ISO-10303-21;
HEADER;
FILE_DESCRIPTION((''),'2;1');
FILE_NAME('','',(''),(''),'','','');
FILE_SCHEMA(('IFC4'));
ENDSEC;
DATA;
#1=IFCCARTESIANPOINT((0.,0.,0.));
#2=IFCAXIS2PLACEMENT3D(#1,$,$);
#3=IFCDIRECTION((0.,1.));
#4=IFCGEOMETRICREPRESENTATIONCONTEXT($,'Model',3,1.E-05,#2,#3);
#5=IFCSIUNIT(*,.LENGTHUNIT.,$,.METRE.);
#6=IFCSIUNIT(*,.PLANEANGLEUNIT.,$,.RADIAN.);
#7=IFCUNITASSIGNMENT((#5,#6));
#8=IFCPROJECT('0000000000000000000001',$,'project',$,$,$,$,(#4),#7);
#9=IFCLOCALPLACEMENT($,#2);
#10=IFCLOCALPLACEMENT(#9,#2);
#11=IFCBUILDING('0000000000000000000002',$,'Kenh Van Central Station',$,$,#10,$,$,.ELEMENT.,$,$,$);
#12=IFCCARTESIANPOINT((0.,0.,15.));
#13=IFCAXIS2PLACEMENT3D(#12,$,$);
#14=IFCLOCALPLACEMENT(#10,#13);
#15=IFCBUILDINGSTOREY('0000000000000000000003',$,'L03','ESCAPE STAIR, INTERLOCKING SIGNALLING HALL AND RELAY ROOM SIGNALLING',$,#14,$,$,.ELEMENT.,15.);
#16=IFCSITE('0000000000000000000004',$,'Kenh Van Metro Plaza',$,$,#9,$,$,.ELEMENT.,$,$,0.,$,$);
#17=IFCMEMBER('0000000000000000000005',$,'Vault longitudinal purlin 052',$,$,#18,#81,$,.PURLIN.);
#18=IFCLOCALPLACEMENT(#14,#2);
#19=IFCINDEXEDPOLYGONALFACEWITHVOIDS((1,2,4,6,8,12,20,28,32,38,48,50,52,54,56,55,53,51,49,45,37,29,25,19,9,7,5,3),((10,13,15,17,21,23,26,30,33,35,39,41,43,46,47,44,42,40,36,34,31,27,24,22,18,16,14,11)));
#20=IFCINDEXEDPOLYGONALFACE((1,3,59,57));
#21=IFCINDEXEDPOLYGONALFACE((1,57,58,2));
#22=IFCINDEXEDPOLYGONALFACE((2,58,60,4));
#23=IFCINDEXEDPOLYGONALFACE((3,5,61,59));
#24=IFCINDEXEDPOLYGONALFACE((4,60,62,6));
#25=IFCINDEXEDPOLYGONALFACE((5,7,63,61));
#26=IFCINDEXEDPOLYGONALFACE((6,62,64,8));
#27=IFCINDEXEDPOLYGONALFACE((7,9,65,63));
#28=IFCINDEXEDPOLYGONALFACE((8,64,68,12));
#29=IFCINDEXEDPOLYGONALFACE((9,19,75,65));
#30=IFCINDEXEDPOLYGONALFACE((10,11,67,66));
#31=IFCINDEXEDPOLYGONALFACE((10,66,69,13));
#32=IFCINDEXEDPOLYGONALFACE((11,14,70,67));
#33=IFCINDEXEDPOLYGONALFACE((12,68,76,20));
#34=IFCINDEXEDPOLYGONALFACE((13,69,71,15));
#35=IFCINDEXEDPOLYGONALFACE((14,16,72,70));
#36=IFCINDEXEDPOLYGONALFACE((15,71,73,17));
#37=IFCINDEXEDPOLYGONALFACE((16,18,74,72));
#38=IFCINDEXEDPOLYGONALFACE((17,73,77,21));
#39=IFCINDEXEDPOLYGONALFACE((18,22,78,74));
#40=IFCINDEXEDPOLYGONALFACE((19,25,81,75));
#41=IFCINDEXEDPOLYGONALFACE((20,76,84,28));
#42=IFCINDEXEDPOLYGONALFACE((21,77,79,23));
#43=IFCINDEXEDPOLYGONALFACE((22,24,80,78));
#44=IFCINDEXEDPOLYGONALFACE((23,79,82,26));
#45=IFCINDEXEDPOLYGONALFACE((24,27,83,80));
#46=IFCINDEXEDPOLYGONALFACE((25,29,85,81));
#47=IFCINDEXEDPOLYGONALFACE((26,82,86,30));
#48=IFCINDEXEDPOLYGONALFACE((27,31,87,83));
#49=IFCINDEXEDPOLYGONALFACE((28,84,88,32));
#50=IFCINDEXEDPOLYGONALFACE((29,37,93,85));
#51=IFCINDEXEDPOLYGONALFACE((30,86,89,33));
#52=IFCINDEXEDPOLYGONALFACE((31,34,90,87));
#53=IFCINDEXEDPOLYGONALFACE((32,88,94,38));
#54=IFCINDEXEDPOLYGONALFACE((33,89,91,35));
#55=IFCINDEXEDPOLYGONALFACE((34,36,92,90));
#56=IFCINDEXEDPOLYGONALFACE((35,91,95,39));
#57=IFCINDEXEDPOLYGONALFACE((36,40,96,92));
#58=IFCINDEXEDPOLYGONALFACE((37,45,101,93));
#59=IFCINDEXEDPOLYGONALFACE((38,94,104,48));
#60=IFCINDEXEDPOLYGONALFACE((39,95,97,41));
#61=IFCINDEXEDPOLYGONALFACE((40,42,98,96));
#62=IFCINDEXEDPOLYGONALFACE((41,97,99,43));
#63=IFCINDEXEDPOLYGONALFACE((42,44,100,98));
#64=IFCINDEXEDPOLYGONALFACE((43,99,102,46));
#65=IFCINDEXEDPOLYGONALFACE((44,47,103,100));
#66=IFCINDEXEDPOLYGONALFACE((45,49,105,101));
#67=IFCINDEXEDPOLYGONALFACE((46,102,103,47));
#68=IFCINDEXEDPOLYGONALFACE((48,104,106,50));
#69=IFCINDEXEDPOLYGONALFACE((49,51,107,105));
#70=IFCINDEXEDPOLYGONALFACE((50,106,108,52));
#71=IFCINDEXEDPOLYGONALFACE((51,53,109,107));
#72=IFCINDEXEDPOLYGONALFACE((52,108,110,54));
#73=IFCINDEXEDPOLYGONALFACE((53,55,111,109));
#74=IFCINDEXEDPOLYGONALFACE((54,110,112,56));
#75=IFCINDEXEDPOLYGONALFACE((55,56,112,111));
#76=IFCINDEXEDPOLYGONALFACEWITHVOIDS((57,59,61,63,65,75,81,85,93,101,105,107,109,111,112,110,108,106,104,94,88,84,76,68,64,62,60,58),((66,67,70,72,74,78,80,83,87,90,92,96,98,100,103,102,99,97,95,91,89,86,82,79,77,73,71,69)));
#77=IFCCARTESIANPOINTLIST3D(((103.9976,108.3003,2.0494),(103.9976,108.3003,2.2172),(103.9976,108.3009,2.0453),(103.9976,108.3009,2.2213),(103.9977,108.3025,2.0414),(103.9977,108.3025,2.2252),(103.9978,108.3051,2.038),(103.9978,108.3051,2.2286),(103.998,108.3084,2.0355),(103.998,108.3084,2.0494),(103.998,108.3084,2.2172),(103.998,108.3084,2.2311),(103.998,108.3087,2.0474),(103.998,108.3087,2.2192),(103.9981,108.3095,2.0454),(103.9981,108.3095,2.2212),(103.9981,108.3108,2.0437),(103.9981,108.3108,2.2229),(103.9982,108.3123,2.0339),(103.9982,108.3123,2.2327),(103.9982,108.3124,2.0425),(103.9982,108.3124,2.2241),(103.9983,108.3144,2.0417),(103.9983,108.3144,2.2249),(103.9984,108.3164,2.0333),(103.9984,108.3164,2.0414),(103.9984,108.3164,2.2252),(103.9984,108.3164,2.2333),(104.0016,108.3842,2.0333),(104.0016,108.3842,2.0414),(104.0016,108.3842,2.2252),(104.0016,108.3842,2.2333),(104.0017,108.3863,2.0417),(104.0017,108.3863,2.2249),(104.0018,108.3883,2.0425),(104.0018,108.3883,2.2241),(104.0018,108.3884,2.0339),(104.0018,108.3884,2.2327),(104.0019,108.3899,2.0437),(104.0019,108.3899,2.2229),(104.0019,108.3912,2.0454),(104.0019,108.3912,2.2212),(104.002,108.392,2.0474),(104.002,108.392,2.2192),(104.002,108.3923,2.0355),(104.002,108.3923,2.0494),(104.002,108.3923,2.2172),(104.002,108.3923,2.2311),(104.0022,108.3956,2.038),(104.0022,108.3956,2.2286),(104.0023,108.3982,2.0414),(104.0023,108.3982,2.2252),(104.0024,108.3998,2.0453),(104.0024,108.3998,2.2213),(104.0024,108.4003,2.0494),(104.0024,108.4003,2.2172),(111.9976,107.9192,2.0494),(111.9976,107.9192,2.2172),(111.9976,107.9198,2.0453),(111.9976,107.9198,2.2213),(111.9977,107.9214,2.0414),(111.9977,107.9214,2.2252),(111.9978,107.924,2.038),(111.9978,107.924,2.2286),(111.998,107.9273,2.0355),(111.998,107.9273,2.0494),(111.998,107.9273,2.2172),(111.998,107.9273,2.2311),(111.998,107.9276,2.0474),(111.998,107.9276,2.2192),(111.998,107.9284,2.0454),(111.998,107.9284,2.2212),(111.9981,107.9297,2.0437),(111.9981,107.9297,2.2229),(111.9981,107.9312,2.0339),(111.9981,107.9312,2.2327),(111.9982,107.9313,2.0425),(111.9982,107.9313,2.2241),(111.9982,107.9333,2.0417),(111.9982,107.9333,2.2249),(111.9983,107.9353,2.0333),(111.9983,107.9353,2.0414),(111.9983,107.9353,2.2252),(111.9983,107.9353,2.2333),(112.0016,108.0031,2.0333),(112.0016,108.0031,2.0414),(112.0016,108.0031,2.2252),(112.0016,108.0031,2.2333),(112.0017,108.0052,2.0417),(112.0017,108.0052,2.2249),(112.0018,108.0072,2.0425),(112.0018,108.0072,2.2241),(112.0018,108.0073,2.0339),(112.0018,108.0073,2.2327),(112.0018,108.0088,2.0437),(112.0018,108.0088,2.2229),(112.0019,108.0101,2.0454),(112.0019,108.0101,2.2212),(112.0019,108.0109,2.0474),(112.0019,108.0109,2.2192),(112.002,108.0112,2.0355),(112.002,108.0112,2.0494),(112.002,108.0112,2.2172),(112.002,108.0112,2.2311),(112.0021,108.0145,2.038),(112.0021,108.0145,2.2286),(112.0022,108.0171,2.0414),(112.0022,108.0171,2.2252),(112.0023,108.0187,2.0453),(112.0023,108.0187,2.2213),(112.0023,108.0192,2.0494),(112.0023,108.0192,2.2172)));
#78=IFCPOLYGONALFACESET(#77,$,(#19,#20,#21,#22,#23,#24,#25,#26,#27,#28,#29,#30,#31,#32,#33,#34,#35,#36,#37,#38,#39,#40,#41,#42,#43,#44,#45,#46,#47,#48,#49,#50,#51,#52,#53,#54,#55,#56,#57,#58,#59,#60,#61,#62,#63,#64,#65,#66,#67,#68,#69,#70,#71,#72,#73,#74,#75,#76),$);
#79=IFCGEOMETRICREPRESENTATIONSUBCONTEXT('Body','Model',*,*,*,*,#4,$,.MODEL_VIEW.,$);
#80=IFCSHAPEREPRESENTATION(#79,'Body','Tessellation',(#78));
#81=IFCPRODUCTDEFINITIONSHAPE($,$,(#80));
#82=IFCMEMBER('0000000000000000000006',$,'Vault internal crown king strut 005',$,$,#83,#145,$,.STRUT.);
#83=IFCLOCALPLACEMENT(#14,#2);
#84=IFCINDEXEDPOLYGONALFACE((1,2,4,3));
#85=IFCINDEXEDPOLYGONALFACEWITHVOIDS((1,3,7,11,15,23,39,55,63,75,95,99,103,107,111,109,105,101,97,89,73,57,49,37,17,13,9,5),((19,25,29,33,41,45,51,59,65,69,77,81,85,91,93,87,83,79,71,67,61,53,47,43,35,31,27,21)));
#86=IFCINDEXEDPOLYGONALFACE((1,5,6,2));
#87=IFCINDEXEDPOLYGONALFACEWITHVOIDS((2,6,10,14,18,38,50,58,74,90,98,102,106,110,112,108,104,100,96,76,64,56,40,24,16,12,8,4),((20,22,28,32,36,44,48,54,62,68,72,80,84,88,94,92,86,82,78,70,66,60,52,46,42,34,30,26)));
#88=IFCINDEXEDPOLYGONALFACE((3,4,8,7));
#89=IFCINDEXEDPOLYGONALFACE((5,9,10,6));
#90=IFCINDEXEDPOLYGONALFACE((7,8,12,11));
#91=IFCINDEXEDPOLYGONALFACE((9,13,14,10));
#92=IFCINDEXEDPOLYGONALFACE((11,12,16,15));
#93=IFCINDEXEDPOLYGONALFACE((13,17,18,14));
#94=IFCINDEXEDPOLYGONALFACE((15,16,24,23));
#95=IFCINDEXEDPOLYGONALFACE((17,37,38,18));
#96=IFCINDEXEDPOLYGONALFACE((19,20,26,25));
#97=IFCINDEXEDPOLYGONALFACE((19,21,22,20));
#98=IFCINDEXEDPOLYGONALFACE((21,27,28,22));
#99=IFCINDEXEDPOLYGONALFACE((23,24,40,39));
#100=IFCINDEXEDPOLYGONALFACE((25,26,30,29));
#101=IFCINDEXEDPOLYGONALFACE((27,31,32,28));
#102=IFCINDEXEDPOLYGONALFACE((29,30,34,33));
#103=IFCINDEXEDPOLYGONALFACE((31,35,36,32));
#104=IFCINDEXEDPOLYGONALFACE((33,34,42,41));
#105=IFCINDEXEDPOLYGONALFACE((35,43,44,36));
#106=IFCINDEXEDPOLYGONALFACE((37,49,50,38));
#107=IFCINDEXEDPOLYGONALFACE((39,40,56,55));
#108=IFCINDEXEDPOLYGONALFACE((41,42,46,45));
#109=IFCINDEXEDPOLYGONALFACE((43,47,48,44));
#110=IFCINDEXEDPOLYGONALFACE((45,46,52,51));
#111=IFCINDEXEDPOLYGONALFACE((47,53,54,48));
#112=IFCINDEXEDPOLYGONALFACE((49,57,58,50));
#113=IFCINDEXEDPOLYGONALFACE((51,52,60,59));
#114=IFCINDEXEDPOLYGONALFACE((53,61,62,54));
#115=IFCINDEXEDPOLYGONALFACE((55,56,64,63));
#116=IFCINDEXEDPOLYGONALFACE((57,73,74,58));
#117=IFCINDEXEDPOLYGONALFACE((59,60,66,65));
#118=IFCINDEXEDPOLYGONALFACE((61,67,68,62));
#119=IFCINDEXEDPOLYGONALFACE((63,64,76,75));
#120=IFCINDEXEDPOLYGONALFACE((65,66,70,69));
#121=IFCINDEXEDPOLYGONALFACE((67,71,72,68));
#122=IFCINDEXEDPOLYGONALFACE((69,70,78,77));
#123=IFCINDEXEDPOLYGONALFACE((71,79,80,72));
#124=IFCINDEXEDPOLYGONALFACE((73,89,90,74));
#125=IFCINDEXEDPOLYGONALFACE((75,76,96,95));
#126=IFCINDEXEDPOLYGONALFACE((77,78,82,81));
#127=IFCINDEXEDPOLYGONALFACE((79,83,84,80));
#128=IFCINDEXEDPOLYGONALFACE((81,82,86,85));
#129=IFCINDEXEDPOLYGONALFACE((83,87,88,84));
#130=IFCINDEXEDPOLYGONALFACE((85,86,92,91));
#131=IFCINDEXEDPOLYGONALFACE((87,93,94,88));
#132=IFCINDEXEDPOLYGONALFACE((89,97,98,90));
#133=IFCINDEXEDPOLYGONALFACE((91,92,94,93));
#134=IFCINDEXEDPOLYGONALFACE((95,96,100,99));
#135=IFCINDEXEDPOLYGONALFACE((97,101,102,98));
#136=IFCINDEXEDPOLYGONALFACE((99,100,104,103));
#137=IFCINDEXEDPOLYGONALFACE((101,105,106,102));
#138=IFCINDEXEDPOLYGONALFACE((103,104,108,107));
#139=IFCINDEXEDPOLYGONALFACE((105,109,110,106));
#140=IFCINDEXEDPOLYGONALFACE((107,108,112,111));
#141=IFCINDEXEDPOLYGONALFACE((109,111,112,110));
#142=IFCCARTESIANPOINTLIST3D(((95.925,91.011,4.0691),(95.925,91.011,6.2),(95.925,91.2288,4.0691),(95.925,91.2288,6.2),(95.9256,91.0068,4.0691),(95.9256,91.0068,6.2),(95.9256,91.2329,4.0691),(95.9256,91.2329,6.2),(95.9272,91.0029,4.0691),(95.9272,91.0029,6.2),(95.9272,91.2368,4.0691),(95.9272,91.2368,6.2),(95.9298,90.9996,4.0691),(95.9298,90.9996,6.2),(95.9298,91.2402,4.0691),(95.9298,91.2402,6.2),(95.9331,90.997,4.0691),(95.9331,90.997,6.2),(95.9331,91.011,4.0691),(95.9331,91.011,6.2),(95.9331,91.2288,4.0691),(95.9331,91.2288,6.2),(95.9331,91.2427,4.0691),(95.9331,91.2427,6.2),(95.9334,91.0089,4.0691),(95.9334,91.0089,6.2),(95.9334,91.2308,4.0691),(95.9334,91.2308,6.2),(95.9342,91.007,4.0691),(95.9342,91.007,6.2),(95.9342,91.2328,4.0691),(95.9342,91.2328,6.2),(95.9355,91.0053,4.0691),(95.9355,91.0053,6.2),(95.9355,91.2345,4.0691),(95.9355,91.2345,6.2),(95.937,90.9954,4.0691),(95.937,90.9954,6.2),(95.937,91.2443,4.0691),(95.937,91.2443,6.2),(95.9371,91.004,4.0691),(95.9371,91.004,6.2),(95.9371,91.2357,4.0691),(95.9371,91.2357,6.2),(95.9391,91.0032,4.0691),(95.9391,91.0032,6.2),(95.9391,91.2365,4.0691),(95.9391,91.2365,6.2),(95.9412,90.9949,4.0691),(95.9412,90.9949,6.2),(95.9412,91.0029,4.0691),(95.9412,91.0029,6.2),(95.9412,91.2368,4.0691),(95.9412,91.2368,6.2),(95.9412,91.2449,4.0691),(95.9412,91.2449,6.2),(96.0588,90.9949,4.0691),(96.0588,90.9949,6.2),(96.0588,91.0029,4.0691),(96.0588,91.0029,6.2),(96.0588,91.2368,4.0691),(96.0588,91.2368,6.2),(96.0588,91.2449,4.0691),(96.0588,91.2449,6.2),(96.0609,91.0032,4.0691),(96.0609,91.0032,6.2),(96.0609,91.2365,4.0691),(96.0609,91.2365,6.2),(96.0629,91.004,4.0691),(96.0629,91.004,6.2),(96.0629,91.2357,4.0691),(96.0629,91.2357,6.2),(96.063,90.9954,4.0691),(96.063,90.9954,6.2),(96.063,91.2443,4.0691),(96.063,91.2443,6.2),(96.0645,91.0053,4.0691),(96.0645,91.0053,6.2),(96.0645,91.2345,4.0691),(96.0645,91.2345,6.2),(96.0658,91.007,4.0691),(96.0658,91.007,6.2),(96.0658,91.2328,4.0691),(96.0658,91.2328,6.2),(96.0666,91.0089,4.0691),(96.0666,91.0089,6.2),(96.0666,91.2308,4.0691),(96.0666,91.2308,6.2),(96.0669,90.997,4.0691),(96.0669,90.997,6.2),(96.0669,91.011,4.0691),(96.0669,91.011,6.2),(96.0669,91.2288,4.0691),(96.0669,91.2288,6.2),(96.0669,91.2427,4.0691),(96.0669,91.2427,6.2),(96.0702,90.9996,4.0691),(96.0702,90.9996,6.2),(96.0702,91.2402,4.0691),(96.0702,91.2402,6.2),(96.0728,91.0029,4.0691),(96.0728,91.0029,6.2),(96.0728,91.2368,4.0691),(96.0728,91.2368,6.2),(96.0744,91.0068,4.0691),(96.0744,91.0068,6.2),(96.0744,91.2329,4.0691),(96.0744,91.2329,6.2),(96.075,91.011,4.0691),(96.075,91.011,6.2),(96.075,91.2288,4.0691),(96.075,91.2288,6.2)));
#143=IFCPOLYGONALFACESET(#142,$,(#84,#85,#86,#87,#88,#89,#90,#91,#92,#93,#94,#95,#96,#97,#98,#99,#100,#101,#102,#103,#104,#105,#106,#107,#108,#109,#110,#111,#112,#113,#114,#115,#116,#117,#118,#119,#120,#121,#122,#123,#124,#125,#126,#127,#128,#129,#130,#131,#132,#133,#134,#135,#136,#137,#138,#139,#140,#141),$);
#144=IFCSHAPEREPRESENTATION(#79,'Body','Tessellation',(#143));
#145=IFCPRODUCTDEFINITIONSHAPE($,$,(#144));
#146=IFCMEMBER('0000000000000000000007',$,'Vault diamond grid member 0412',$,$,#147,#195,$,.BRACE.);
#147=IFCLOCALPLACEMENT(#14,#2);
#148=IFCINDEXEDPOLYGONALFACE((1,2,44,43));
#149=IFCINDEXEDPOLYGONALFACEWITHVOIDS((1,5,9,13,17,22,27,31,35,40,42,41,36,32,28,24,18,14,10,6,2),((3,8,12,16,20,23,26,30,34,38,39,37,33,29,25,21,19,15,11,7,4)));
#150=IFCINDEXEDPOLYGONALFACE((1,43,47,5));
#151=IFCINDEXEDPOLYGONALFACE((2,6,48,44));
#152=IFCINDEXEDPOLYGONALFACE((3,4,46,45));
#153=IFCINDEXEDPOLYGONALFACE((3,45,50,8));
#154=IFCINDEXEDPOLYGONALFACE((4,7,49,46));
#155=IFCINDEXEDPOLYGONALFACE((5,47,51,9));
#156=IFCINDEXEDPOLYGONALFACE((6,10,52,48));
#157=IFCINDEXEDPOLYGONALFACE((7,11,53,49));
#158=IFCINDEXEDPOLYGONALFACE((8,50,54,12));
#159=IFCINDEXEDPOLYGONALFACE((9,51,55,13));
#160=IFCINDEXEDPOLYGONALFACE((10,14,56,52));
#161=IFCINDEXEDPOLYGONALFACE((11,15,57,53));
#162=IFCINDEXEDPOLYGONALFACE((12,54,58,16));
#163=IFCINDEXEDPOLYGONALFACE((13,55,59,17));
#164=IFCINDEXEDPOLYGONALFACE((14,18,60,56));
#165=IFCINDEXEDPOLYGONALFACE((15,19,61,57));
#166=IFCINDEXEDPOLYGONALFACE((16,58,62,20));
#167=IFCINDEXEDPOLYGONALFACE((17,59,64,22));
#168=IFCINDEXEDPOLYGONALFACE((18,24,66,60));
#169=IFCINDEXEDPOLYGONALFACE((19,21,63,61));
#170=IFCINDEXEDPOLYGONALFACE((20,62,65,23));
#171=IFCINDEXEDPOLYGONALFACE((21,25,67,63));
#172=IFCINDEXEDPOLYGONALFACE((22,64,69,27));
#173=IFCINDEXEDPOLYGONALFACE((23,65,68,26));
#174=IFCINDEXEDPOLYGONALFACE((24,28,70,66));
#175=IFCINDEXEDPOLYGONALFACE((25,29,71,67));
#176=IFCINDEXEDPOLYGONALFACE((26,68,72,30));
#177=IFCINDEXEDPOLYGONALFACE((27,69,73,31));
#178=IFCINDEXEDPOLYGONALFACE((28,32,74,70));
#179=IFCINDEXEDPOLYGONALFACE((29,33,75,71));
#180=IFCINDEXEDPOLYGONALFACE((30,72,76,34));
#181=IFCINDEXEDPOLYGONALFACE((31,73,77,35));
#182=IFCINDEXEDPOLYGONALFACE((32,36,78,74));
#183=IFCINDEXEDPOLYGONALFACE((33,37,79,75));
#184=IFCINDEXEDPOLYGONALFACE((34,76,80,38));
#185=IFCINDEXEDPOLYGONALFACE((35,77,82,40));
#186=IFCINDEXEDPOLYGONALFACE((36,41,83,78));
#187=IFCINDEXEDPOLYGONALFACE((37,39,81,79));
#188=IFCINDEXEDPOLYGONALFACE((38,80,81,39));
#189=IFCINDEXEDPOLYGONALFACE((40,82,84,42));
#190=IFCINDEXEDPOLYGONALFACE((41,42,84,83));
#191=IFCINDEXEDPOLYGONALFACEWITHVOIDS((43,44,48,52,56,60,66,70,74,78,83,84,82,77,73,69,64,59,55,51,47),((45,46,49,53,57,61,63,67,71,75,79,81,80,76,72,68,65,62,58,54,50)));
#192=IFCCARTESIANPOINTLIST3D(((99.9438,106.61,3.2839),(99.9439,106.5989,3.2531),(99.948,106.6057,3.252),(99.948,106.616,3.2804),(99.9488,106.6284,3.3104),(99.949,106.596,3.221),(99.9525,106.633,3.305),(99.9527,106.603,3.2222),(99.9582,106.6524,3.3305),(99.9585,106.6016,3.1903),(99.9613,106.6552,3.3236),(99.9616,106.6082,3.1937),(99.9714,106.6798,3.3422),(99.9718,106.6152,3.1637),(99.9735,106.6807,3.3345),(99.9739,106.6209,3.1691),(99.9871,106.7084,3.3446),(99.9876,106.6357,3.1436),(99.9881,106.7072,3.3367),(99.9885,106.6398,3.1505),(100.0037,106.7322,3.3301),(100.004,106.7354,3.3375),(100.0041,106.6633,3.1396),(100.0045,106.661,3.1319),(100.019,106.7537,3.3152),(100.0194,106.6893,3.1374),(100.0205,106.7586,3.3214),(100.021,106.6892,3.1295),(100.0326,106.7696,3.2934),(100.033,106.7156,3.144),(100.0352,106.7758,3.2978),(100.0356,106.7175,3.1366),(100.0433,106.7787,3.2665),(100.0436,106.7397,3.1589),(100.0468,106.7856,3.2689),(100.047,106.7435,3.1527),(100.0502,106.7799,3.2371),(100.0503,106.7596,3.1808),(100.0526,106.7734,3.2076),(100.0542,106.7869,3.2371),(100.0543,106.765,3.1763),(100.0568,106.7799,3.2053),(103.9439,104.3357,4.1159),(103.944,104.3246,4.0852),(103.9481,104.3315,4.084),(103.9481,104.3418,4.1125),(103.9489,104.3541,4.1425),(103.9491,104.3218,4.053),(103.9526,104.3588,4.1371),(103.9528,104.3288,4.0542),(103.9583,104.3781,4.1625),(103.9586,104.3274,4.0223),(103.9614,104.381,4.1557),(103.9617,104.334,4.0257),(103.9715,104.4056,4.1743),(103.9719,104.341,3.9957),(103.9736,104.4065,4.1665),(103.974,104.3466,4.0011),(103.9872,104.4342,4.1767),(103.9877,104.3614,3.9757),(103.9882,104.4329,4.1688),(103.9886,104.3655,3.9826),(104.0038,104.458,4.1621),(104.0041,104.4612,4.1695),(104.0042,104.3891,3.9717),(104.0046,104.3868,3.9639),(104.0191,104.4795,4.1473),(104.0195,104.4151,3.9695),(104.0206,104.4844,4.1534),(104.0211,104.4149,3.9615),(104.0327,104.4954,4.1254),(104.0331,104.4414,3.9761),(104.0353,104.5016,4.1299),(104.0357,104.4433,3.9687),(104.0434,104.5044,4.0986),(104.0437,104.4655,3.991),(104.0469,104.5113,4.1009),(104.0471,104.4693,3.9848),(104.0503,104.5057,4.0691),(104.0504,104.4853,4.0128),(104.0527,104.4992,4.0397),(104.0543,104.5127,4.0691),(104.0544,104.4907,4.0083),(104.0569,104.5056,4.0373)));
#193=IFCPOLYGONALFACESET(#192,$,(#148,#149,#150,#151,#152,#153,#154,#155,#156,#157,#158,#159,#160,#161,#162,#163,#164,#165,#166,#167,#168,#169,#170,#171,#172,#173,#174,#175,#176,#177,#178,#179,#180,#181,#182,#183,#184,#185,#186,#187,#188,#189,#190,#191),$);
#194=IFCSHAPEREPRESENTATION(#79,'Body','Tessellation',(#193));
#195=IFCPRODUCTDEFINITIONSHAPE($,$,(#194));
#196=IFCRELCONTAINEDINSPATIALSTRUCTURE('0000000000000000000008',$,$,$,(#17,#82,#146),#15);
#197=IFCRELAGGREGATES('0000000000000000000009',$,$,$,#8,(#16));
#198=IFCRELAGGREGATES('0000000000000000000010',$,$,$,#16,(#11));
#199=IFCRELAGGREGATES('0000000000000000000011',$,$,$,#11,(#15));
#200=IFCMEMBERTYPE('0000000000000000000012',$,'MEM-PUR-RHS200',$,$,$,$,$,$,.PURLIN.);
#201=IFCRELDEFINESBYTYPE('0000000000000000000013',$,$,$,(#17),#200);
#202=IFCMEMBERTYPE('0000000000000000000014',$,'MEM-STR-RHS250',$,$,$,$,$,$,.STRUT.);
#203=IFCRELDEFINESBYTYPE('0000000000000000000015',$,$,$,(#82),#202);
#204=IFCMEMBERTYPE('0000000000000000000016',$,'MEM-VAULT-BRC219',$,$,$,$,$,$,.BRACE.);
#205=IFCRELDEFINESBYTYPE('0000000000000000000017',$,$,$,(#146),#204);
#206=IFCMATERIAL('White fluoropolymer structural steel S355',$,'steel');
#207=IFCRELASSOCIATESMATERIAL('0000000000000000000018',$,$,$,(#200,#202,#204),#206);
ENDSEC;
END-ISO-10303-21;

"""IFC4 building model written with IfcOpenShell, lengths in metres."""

from ifc_helpers import new_model, si_unit, direction, frame, origin, origin_2d, place, context, subcontext, project, spatial, hollow_rectangle, hollow_circle, extrude, material, material_profile, profile_set, type_object, element, save


model = new_model("IFC4")

# Units and contexts
model_context = context("Model", 3, precision=1e-05, world=origin(), true_north=direction((0.0, 1.0)))
body_context = subcontext(model_context, "Body", "Model", "MODEL_VIEW")
ifc_project = project(units=[si_unit("LENGTHUNIT", "METRE"), si_unit("PLANEANGLEUNIT", "RADIAN")], contexts=[model_context])

# Site, building, storey
site_placement = place(None, origin())
site = spatial("IfcSite", under=ifc_project, at=site_placement, Name="Kenh Van Metro Plaza", CompositionType="ELEMENT", RefElevation=0.0)
building_placement = place(site_placement, origin())
building = spatial("IfcBuilding", under=site, at=building_placement, Name="Kenh Van Central Station", CompositionType="ELEMENT")
storey_placement = place(building_placement, frame((0.0, 0.0, 15.0)))
storey = spatial("IfcBuildingStorey", under=building, at=storey_placement, Name="L03", Description="ESCAPE STAIR, INTERLOCKING SIGNALLING HALL AND RELAY ROOM SIGNALLING", CompositionType="ELEMENT", Elevation=15.0)

# Shared definitions
ifc_material_1 = material(Name="White fluoropolymer structural steel S355", Category="steel")

# Members
ifc_material_profile_1 = material_profile(ifc_material_1, hollow_rectangle(XDim=0.1001, YDim=0.2, WallThickness=0.0081, InnerFilletRadius=0.0081, OuterFilletRadius=0.0161, at=origin_2d()), Name="RHS 200x100x8")
ifc_profile_set_1 = profile_set([ifc_material_profile_1], Name="White fluoropolymer structural steel S355")
member_type_1 = type_object("IfcMemberType", Name="MEM-PUR-RHS200", PredefinedType="PURLIN", material=ifc_profile_set_1)
member_1_placement = place(storey_placement, frame((104.0, 108.3503, 2.1333), z_axis=(0.998867, -0.047584, 0.0), x_axis=(0.047584, 0.998867, 0.0)))
element("IfcMember", 1, at=member_1_placement, inside=storey, type_object=member_type_1, Name="Vault longitudinal purlin 052", PredefinedType="PURLIN", context=body_context, shape_type="SweptSolid", body=[
    extrude(hollow_rectangle(XDim=0.1001, YDim=0.2, WallThickness=0.0081, InnerFilletRadius=0.0081, OuterFilletRadius=0.0161, at=origin_2d()), origin(), (0.0, 0.0, 1.0), 8.009),
])
ifc_material_profile_2 = material_profile(ifc_material_1, hollow_rectangle(XDim=0.1499, YDim=0.25, WallThickness=0.0081, InnerFilletRadius=0.0081, OuterFilletRadius=0.0161, at=origin_2d()), Name="RHS 250x150x8")
ifc_profile_set_2 = profile_set([ifc_material_profile_2], Name="White fluoropolymer structural steel S355")
member_type_2 = type_object("IfcMemberType", Name="MEM-STR-RHS250", PredefinedType="STRUT", material=ifc_profile_set_2)
member_2_placement = place(storey_placement, frame((96.0, 91.1199, 4.0691), z_axis=(0.0, 0.0, 1.0), x_axis=(1.0, 0.0, 0.0)))
element("IfcMember", 2, at=member_2_placement, inside=storey, type_object=member_type_2, Name="Vault internal crown king strut 005", PredefinedType="STRUT", context=body_context, shape_type="SweptSolid", body=[
    extrude(hollow_rectangle(XDim=0.1499, YDim=0.25, WallThickness=0.0081, InnerFilletRadius=0.0081, OuterFilletRadius=0.0161, at=origin_2d()), origin(), (0.0, 0.0, 1.0), 2.1309),
])
ifc_material_profile_3 = material_profile(ifc_material_1, hollow_circle(Radius=0.1096, WallThickness=0.0081, at=origin_2d()), Name="CHS 219.1x8")
ifc_profile_set_3 = profile_set([ifc_material_profile_3], Name="White fluoropolymer structural steel S355")
member_type_3 = type_object("IfcMemberType", Name="MEM-VAULT-BRC219", PredefinedType="BRACE", material=ifc_profile_set_3)
member_3_placement = place(storey_placement, frame((100.0, 106.6917, 3.2371), z_axis=(0.855449, -0.486359, 0.17794), x_axis=(0.494246, 0.869322, 0.0)))
element("IfcMember", 3, at=member_3_placement, inside=storey, type_object=member_type_3, Name="Vault diamond grid member 0412", PredefinedType="BRACE", context=body_context, shape_type="SweptSolid", body=[
    extrude(hollow_circle(Radius=0.1096, WallThickness=0.0081, at=origin_2d()), origin(), (0.0, 0.0, 1.0), 4.676),
])

save(model, "model.ifc")
